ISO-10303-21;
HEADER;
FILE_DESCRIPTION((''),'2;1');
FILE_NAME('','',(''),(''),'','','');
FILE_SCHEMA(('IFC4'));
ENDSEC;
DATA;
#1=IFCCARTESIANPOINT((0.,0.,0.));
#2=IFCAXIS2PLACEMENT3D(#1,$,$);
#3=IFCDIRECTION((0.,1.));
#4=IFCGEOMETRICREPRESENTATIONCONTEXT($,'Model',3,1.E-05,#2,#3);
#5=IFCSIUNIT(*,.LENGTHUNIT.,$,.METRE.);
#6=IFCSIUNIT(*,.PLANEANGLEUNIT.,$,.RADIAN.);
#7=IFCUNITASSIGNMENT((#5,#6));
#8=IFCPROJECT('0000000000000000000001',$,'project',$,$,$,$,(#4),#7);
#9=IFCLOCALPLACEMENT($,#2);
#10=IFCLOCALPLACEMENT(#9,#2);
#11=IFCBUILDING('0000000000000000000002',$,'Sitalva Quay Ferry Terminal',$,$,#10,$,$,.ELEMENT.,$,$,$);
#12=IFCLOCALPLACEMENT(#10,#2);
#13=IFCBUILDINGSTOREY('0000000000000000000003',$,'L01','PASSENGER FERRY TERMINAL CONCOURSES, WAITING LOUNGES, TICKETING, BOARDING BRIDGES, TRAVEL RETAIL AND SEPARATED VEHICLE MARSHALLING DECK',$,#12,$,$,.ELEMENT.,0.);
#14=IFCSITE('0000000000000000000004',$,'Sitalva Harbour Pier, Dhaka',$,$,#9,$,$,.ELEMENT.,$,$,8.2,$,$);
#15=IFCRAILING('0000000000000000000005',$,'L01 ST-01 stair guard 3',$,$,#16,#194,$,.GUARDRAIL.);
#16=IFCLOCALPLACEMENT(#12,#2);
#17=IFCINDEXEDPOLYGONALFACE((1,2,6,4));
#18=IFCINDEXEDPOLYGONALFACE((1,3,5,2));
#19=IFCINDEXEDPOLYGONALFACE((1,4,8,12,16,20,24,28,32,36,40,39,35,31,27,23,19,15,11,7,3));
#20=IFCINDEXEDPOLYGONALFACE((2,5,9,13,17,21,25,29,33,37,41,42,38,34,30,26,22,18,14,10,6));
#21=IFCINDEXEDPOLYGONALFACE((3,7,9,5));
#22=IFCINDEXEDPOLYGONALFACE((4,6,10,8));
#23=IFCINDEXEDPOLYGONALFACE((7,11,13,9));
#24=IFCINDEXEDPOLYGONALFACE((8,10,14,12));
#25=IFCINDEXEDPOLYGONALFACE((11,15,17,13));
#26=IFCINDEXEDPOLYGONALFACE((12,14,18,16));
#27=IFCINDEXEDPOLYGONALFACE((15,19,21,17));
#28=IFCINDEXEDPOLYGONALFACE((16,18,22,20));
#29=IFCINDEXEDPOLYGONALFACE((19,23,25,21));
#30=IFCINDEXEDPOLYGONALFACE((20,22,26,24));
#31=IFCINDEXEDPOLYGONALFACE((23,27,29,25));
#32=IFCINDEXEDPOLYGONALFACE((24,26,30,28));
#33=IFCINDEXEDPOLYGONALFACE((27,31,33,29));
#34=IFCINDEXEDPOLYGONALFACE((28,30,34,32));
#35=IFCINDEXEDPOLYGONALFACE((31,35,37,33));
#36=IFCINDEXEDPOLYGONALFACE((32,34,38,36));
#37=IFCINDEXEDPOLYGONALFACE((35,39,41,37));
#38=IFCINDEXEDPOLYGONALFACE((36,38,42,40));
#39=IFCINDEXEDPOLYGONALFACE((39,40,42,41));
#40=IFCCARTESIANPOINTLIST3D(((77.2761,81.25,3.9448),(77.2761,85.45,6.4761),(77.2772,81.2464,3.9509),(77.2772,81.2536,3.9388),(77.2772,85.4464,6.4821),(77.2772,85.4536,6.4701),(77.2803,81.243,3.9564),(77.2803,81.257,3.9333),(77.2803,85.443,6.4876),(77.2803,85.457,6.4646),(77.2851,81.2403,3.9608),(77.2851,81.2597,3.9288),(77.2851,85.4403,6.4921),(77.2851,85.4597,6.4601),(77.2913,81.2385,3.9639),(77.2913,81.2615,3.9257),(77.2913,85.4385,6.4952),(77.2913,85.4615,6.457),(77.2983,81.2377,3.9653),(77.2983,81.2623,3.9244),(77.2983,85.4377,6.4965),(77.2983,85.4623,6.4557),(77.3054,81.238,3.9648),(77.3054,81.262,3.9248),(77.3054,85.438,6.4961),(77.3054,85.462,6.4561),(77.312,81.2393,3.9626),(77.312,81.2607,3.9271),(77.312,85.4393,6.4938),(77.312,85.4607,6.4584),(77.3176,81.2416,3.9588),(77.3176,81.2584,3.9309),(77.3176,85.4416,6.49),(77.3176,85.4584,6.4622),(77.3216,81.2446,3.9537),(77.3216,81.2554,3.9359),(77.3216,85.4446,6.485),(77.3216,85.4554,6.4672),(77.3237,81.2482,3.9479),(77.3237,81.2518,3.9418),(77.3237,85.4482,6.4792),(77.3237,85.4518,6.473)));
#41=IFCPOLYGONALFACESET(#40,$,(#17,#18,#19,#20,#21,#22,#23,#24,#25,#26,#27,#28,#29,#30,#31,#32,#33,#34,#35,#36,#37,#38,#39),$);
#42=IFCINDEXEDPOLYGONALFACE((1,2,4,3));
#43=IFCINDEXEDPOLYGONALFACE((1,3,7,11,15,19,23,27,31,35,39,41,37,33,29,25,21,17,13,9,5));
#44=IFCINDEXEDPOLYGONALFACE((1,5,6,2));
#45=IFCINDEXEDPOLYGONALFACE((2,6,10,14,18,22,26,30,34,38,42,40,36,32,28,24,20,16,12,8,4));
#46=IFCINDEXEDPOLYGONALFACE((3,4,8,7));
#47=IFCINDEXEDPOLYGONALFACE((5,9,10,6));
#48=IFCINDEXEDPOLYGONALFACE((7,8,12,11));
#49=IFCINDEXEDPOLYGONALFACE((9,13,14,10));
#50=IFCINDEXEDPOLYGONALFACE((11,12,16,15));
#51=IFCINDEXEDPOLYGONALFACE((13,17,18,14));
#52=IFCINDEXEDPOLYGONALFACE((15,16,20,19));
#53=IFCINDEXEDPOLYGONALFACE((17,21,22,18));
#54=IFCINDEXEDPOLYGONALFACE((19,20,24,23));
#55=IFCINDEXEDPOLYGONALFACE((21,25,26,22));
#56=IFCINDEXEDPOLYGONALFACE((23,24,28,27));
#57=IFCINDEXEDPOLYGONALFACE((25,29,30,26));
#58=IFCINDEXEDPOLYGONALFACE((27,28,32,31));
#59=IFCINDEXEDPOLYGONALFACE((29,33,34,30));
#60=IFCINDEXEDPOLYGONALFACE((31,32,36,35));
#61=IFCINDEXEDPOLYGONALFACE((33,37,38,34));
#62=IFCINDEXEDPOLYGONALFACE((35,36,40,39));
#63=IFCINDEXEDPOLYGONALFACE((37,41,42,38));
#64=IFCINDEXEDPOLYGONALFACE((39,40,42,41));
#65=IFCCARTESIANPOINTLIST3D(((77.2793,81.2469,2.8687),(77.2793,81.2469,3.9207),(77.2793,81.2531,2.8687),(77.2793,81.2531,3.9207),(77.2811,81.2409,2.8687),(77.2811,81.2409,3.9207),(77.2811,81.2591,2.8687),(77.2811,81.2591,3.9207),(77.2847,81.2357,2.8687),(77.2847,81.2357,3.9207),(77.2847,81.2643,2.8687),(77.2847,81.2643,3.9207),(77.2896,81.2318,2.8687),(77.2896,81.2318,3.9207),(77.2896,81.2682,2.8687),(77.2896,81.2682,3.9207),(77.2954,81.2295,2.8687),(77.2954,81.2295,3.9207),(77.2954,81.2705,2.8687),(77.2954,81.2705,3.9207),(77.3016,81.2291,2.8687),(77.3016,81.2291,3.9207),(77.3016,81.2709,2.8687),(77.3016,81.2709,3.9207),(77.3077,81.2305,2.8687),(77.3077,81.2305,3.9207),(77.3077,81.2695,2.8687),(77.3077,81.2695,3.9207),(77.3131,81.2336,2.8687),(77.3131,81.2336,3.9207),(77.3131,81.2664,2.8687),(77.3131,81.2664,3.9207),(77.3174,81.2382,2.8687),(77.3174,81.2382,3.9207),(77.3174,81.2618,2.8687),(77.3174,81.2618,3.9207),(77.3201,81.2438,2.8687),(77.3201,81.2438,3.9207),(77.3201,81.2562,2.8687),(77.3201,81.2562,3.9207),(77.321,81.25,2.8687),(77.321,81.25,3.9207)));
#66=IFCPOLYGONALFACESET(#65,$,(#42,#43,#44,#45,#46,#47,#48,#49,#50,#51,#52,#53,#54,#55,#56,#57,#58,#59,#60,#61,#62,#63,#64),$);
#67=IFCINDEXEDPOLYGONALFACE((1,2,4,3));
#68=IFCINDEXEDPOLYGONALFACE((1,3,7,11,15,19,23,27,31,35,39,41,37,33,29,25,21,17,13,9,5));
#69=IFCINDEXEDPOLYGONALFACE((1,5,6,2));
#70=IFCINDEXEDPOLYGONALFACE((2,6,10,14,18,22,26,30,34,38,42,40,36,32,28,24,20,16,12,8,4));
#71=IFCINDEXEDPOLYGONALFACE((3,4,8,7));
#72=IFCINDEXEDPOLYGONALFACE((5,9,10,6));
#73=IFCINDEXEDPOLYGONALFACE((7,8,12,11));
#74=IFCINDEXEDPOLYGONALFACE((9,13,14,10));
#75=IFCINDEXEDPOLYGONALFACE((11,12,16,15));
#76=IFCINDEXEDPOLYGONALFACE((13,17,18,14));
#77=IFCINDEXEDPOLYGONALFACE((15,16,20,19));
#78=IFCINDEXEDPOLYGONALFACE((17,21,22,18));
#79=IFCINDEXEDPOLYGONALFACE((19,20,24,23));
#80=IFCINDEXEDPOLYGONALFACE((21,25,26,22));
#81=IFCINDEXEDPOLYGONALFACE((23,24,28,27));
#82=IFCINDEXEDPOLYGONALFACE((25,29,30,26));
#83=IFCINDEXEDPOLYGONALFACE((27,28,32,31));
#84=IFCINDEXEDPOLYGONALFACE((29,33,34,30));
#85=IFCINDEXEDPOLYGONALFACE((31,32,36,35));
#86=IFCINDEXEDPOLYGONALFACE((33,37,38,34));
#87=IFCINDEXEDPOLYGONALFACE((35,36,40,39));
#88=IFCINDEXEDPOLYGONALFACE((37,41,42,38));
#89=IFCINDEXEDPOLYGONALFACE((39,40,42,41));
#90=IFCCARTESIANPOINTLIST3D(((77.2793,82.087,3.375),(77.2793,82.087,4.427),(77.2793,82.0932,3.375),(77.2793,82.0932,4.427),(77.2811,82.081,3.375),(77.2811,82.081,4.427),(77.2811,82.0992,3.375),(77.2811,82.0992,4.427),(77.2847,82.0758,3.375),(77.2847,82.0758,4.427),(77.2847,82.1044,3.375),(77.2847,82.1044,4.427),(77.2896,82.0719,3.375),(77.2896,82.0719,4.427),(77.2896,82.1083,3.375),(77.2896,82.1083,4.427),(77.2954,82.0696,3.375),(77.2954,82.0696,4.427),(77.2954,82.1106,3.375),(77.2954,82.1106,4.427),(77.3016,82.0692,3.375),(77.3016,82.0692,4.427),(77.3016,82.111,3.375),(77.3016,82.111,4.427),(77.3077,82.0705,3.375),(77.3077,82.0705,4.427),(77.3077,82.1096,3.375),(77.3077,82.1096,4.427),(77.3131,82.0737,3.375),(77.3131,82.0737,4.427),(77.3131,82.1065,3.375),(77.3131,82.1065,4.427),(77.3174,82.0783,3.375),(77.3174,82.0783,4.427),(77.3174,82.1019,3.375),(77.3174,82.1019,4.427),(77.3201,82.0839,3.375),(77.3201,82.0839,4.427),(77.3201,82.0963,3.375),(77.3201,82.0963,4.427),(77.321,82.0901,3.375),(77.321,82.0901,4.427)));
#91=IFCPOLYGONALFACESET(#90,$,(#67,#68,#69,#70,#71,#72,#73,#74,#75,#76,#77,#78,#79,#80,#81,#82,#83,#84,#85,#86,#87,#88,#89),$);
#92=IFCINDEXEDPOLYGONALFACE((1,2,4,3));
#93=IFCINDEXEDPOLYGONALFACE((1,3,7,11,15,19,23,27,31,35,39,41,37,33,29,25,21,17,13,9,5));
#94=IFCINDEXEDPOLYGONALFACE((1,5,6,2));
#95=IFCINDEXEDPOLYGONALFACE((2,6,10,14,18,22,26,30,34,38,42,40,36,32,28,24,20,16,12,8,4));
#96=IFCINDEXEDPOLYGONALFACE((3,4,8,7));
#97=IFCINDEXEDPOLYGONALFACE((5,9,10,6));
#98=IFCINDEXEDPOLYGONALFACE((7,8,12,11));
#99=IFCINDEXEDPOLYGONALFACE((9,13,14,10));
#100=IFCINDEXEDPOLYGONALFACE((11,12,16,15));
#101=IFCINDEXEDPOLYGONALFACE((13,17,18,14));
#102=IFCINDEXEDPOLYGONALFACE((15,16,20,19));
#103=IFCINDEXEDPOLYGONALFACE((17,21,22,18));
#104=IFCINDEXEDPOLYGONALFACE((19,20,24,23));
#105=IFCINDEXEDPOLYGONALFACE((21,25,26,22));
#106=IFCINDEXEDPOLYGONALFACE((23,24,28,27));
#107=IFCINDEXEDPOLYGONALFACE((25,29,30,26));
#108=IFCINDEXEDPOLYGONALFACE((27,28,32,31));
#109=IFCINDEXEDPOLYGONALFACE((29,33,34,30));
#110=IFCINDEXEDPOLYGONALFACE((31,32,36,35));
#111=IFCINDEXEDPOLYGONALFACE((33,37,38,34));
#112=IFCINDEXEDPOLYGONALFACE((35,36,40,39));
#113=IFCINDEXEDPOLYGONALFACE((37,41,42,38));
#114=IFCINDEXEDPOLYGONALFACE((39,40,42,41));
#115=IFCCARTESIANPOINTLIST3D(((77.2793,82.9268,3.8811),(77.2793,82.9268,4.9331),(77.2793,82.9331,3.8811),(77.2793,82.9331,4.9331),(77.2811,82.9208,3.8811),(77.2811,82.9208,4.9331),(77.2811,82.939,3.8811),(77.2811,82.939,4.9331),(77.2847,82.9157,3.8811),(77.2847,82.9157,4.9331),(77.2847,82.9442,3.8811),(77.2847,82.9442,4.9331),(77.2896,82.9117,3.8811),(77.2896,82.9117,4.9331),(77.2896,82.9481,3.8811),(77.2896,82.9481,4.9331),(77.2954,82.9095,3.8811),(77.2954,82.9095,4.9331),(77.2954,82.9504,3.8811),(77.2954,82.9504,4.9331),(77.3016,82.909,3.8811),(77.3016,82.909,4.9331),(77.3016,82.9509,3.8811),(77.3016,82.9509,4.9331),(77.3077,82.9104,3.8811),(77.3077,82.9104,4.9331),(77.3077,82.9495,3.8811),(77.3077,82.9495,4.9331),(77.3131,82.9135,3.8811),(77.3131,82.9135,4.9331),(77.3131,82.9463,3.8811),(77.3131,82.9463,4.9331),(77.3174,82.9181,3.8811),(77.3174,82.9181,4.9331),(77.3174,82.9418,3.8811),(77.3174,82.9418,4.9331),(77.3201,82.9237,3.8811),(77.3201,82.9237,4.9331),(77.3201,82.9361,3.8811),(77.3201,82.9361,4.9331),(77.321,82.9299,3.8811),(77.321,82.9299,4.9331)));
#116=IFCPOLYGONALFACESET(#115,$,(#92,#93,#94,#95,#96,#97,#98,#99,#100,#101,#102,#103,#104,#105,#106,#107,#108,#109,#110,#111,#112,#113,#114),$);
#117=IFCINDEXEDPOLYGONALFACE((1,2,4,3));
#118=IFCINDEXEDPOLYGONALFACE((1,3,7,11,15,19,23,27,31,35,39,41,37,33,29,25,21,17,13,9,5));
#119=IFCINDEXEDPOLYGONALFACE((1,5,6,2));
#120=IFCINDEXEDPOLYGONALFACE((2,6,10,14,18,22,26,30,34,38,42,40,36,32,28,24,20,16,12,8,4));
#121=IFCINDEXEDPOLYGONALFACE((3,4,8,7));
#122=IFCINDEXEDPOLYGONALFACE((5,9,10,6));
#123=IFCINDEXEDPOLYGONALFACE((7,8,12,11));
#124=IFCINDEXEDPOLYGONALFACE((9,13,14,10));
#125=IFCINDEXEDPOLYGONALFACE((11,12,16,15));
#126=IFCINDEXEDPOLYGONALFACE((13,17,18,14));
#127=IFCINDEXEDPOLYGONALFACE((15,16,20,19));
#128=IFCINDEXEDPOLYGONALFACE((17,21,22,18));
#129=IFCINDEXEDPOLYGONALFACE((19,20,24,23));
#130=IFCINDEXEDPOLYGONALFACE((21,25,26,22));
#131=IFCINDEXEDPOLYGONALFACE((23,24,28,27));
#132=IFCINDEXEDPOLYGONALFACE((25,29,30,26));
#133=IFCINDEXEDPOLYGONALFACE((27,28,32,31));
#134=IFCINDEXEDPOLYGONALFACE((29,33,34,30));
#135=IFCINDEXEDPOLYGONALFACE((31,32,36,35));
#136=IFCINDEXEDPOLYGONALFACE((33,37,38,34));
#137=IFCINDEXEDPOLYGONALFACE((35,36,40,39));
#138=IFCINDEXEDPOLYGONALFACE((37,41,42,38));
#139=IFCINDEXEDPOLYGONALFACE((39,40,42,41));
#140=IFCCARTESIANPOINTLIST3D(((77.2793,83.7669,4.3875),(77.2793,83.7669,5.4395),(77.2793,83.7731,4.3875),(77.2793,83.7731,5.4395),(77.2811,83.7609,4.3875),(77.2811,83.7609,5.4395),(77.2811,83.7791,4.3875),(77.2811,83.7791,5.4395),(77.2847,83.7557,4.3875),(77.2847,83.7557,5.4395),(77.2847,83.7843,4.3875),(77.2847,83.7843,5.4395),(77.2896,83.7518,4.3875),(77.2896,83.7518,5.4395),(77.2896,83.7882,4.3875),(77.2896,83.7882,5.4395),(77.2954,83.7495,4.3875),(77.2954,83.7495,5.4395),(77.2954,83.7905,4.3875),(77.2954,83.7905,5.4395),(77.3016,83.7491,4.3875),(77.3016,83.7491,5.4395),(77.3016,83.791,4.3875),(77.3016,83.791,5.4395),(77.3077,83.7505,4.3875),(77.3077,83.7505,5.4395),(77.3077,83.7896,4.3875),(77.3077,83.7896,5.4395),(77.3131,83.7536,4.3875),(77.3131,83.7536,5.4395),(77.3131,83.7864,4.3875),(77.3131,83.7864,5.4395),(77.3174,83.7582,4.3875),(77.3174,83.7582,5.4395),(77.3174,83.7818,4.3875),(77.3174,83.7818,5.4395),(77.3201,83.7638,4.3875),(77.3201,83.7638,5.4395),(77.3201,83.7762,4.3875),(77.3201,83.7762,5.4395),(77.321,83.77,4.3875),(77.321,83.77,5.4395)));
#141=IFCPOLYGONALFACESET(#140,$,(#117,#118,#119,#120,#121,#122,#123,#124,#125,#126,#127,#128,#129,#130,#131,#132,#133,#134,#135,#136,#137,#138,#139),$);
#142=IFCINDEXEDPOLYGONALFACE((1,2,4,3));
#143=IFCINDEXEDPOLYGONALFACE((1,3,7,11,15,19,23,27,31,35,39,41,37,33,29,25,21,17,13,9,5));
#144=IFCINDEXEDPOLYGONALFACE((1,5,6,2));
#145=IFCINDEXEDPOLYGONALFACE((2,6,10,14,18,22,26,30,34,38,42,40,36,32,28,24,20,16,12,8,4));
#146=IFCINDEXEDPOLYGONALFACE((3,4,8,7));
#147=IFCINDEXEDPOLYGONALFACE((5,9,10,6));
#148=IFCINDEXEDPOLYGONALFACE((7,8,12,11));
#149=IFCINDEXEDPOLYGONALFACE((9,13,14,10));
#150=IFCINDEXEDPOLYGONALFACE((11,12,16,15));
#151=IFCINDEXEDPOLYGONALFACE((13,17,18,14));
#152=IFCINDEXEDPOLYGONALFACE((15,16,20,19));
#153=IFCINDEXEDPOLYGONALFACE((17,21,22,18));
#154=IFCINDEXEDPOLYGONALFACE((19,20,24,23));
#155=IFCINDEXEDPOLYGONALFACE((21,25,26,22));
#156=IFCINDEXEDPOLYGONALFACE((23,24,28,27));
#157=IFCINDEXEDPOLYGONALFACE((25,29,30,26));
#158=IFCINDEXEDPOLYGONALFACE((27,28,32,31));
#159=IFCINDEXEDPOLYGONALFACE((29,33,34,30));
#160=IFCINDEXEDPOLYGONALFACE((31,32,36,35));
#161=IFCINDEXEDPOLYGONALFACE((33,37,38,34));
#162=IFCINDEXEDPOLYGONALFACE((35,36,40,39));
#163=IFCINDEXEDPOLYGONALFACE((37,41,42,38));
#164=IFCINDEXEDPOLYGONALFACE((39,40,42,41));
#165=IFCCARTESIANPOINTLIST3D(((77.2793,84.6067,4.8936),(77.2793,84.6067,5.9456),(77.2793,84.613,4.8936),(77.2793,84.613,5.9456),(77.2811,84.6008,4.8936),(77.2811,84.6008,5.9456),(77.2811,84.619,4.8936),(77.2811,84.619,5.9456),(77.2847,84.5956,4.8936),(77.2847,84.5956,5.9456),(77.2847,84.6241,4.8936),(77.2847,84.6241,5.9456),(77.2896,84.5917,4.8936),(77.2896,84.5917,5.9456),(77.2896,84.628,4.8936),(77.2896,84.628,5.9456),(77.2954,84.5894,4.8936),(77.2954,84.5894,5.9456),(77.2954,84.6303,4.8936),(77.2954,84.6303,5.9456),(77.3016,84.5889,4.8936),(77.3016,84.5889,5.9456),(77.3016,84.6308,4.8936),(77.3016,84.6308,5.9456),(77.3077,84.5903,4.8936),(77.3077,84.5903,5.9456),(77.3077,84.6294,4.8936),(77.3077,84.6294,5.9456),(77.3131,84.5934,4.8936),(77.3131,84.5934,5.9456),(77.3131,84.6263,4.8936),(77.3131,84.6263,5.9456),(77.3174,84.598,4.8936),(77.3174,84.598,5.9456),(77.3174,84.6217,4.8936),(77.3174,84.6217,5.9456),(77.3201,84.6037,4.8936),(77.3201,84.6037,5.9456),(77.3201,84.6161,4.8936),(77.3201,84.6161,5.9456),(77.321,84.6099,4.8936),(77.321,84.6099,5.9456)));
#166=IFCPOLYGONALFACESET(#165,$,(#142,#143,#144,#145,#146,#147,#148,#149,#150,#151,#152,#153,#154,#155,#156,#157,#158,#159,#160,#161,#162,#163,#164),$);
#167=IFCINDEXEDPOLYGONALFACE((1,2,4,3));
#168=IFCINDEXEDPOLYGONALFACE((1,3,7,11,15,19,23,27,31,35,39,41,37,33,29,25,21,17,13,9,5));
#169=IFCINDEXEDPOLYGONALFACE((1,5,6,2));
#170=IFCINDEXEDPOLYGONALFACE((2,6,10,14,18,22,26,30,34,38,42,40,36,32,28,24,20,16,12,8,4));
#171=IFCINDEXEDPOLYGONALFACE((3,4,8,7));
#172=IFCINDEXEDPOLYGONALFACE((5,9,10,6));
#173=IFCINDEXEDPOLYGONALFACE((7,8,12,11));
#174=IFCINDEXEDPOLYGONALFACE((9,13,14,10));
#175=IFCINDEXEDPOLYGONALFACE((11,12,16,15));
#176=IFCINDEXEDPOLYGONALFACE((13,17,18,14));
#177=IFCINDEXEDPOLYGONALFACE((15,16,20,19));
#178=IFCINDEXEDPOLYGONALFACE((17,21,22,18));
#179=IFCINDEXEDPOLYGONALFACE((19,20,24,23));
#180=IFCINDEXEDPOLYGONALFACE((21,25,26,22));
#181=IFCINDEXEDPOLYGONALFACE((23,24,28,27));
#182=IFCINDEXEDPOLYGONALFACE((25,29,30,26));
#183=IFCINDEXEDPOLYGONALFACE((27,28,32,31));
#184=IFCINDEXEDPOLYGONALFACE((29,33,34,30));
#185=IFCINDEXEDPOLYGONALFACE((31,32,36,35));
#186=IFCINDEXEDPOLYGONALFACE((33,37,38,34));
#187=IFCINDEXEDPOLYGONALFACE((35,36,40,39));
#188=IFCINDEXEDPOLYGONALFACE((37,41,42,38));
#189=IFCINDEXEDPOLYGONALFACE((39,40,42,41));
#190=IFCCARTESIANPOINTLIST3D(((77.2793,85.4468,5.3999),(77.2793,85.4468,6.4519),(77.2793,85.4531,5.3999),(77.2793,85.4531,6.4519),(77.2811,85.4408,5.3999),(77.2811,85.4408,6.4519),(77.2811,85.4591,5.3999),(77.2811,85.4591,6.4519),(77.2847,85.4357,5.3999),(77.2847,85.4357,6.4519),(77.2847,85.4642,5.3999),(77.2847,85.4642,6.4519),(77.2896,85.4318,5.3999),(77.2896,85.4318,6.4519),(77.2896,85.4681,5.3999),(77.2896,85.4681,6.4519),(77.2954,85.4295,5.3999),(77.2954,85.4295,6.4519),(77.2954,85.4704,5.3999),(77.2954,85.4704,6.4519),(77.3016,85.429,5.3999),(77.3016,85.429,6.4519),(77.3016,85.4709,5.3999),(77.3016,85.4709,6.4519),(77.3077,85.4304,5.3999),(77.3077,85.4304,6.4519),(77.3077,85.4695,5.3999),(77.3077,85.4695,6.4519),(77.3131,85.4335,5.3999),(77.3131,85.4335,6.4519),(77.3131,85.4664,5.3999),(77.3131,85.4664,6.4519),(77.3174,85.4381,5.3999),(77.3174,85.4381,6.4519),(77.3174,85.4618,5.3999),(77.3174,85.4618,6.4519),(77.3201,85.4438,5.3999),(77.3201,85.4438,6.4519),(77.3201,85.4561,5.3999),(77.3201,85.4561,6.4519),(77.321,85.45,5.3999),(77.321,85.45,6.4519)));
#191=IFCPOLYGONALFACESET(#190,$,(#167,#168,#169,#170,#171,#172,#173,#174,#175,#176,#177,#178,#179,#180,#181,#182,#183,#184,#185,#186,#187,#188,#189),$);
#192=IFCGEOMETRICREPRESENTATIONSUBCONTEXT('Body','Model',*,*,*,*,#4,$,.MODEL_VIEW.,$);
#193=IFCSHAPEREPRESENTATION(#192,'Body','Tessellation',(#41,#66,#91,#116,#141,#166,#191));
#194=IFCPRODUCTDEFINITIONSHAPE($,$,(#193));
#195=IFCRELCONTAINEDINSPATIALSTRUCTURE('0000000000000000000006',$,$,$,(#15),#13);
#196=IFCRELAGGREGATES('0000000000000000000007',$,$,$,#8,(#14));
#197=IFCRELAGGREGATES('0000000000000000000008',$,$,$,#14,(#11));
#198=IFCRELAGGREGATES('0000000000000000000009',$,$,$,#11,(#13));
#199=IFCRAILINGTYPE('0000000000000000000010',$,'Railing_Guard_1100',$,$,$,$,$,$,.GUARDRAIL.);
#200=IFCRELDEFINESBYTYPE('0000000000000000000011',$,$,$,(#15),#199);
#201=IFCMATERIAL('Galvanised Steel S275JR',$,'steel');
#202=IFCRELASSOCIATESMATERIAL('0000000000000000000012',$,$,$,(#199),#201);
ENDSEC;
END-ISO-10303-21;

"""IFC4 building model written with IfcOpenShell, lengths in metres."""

from ifc_helpers import new_model, si_unit, direction, frame, origin, origin_2d, place, context, subcontext, project, spatial, circle, extrude, material, type_object, element, save


model = new_model("IFC4")

# Units and contexts
model_context = context("Model", 3, precision=1e-05, world=origin(), true_north=direction((0.0, 1.0)))
body_context = subcontext(model_context, "Body", "Model", "MODEL_VIEW")
ifc_project = project(units=[si_unit("LENGTHUNIT", "METRE"), si_unit("PLANEANGLEUNIT", "RADIAN")], contexts=[model_context])

# Site, building, storey
site_placement = place(None, origin())
site = spatial("IfcSite", under=ifc_project, at=site_placement, Name="Sitalva Harbour Pier, Dhaka", CompositionType="ELEMENT", RefElevation=8.2)
building_placement = place(site_placement, origin())
building = spatial("IfcBuilding", under=site, at=building_placement, Name="Sitalva Quay Ferry Terminal", CompositionType="ELEMENT")
storey_placement = place(building_placement, origin())
storey = spatial("IfcBuildingStorey", under=building, at=storey_placement, Name="L01", Description="PASSENGER FERRY TERMINAL CONCOURSES, WAITING LOUNGES, TICKETING, BOARDING BRIDGES, TRAVEL RETAIL AND SEPARATED VEHICLE MARSHALLING DECK", CompositionType="ELEMENT", Elevation=0.0)

# Railing
ifc_material_1 = material(Name="Galvanised Steel S275JR", Category="steel")
railing_type_1 = type_object("IfcRailingType", Name="Railing_Guard_1100", PredefinedType="GUARDRAIL", material=ifc_material_1)
railing_1_placement = place(storey_placement, frame((77.3, 81.25, 2.8687)))
element("IfcRailing", 1, at=railing_1_placement, inside=storey, type_object=railing_type_1, Name="L01 ST-01 stair guard 3", PredefinedType="GUARDRAIL", context=body_context, shape_type="SweptSolid", body=[
    extrude(circle(Radius=0.0239, at=origin_2d()), frame((0.0, 0.0, 1.0762), z_axis=(0.0, 0.856476, 0.516186), x_axis=(-1.0, 0.0, 0.0)), (0.0, 0.0, 1.0), 4.9038),
    extrude(circle(Radius=0.021, at=origin_2d()), origin(), (0.0, 0.0, 1.0), 1.052),
    extrude(circle(Radius=0.021, at=origin_2d()), frame((0.0, 0.8401, 0.5063)), (0.0, 0.0, 1.0), 1.052),
    extrude(circle(Radius=0.021, at=origin_2d()), frame((0.0, 1.6799, 1.0125)), (0.0, 0.0, 1.0), 1.052),
    extrude(circle(Radius=0.021, at=origin_2d()), frame((0.0, 2.52, 1.5188)), (0.0, 0.0, 1.0), 1.052),
    extrude(circle(Radius=0.021, at=origin_2d()), frame((0.0, 3.3599, 2.0249)), (0.0, 0.0, 1.0), 1.052),
    extrude(circle(Radius=0.021, at=origin_2d()), frame((0.0, 4.2, 2.5312)), (0.0, 0.0, 1.0), 1.052),
])

save(model, "model.ifc")
